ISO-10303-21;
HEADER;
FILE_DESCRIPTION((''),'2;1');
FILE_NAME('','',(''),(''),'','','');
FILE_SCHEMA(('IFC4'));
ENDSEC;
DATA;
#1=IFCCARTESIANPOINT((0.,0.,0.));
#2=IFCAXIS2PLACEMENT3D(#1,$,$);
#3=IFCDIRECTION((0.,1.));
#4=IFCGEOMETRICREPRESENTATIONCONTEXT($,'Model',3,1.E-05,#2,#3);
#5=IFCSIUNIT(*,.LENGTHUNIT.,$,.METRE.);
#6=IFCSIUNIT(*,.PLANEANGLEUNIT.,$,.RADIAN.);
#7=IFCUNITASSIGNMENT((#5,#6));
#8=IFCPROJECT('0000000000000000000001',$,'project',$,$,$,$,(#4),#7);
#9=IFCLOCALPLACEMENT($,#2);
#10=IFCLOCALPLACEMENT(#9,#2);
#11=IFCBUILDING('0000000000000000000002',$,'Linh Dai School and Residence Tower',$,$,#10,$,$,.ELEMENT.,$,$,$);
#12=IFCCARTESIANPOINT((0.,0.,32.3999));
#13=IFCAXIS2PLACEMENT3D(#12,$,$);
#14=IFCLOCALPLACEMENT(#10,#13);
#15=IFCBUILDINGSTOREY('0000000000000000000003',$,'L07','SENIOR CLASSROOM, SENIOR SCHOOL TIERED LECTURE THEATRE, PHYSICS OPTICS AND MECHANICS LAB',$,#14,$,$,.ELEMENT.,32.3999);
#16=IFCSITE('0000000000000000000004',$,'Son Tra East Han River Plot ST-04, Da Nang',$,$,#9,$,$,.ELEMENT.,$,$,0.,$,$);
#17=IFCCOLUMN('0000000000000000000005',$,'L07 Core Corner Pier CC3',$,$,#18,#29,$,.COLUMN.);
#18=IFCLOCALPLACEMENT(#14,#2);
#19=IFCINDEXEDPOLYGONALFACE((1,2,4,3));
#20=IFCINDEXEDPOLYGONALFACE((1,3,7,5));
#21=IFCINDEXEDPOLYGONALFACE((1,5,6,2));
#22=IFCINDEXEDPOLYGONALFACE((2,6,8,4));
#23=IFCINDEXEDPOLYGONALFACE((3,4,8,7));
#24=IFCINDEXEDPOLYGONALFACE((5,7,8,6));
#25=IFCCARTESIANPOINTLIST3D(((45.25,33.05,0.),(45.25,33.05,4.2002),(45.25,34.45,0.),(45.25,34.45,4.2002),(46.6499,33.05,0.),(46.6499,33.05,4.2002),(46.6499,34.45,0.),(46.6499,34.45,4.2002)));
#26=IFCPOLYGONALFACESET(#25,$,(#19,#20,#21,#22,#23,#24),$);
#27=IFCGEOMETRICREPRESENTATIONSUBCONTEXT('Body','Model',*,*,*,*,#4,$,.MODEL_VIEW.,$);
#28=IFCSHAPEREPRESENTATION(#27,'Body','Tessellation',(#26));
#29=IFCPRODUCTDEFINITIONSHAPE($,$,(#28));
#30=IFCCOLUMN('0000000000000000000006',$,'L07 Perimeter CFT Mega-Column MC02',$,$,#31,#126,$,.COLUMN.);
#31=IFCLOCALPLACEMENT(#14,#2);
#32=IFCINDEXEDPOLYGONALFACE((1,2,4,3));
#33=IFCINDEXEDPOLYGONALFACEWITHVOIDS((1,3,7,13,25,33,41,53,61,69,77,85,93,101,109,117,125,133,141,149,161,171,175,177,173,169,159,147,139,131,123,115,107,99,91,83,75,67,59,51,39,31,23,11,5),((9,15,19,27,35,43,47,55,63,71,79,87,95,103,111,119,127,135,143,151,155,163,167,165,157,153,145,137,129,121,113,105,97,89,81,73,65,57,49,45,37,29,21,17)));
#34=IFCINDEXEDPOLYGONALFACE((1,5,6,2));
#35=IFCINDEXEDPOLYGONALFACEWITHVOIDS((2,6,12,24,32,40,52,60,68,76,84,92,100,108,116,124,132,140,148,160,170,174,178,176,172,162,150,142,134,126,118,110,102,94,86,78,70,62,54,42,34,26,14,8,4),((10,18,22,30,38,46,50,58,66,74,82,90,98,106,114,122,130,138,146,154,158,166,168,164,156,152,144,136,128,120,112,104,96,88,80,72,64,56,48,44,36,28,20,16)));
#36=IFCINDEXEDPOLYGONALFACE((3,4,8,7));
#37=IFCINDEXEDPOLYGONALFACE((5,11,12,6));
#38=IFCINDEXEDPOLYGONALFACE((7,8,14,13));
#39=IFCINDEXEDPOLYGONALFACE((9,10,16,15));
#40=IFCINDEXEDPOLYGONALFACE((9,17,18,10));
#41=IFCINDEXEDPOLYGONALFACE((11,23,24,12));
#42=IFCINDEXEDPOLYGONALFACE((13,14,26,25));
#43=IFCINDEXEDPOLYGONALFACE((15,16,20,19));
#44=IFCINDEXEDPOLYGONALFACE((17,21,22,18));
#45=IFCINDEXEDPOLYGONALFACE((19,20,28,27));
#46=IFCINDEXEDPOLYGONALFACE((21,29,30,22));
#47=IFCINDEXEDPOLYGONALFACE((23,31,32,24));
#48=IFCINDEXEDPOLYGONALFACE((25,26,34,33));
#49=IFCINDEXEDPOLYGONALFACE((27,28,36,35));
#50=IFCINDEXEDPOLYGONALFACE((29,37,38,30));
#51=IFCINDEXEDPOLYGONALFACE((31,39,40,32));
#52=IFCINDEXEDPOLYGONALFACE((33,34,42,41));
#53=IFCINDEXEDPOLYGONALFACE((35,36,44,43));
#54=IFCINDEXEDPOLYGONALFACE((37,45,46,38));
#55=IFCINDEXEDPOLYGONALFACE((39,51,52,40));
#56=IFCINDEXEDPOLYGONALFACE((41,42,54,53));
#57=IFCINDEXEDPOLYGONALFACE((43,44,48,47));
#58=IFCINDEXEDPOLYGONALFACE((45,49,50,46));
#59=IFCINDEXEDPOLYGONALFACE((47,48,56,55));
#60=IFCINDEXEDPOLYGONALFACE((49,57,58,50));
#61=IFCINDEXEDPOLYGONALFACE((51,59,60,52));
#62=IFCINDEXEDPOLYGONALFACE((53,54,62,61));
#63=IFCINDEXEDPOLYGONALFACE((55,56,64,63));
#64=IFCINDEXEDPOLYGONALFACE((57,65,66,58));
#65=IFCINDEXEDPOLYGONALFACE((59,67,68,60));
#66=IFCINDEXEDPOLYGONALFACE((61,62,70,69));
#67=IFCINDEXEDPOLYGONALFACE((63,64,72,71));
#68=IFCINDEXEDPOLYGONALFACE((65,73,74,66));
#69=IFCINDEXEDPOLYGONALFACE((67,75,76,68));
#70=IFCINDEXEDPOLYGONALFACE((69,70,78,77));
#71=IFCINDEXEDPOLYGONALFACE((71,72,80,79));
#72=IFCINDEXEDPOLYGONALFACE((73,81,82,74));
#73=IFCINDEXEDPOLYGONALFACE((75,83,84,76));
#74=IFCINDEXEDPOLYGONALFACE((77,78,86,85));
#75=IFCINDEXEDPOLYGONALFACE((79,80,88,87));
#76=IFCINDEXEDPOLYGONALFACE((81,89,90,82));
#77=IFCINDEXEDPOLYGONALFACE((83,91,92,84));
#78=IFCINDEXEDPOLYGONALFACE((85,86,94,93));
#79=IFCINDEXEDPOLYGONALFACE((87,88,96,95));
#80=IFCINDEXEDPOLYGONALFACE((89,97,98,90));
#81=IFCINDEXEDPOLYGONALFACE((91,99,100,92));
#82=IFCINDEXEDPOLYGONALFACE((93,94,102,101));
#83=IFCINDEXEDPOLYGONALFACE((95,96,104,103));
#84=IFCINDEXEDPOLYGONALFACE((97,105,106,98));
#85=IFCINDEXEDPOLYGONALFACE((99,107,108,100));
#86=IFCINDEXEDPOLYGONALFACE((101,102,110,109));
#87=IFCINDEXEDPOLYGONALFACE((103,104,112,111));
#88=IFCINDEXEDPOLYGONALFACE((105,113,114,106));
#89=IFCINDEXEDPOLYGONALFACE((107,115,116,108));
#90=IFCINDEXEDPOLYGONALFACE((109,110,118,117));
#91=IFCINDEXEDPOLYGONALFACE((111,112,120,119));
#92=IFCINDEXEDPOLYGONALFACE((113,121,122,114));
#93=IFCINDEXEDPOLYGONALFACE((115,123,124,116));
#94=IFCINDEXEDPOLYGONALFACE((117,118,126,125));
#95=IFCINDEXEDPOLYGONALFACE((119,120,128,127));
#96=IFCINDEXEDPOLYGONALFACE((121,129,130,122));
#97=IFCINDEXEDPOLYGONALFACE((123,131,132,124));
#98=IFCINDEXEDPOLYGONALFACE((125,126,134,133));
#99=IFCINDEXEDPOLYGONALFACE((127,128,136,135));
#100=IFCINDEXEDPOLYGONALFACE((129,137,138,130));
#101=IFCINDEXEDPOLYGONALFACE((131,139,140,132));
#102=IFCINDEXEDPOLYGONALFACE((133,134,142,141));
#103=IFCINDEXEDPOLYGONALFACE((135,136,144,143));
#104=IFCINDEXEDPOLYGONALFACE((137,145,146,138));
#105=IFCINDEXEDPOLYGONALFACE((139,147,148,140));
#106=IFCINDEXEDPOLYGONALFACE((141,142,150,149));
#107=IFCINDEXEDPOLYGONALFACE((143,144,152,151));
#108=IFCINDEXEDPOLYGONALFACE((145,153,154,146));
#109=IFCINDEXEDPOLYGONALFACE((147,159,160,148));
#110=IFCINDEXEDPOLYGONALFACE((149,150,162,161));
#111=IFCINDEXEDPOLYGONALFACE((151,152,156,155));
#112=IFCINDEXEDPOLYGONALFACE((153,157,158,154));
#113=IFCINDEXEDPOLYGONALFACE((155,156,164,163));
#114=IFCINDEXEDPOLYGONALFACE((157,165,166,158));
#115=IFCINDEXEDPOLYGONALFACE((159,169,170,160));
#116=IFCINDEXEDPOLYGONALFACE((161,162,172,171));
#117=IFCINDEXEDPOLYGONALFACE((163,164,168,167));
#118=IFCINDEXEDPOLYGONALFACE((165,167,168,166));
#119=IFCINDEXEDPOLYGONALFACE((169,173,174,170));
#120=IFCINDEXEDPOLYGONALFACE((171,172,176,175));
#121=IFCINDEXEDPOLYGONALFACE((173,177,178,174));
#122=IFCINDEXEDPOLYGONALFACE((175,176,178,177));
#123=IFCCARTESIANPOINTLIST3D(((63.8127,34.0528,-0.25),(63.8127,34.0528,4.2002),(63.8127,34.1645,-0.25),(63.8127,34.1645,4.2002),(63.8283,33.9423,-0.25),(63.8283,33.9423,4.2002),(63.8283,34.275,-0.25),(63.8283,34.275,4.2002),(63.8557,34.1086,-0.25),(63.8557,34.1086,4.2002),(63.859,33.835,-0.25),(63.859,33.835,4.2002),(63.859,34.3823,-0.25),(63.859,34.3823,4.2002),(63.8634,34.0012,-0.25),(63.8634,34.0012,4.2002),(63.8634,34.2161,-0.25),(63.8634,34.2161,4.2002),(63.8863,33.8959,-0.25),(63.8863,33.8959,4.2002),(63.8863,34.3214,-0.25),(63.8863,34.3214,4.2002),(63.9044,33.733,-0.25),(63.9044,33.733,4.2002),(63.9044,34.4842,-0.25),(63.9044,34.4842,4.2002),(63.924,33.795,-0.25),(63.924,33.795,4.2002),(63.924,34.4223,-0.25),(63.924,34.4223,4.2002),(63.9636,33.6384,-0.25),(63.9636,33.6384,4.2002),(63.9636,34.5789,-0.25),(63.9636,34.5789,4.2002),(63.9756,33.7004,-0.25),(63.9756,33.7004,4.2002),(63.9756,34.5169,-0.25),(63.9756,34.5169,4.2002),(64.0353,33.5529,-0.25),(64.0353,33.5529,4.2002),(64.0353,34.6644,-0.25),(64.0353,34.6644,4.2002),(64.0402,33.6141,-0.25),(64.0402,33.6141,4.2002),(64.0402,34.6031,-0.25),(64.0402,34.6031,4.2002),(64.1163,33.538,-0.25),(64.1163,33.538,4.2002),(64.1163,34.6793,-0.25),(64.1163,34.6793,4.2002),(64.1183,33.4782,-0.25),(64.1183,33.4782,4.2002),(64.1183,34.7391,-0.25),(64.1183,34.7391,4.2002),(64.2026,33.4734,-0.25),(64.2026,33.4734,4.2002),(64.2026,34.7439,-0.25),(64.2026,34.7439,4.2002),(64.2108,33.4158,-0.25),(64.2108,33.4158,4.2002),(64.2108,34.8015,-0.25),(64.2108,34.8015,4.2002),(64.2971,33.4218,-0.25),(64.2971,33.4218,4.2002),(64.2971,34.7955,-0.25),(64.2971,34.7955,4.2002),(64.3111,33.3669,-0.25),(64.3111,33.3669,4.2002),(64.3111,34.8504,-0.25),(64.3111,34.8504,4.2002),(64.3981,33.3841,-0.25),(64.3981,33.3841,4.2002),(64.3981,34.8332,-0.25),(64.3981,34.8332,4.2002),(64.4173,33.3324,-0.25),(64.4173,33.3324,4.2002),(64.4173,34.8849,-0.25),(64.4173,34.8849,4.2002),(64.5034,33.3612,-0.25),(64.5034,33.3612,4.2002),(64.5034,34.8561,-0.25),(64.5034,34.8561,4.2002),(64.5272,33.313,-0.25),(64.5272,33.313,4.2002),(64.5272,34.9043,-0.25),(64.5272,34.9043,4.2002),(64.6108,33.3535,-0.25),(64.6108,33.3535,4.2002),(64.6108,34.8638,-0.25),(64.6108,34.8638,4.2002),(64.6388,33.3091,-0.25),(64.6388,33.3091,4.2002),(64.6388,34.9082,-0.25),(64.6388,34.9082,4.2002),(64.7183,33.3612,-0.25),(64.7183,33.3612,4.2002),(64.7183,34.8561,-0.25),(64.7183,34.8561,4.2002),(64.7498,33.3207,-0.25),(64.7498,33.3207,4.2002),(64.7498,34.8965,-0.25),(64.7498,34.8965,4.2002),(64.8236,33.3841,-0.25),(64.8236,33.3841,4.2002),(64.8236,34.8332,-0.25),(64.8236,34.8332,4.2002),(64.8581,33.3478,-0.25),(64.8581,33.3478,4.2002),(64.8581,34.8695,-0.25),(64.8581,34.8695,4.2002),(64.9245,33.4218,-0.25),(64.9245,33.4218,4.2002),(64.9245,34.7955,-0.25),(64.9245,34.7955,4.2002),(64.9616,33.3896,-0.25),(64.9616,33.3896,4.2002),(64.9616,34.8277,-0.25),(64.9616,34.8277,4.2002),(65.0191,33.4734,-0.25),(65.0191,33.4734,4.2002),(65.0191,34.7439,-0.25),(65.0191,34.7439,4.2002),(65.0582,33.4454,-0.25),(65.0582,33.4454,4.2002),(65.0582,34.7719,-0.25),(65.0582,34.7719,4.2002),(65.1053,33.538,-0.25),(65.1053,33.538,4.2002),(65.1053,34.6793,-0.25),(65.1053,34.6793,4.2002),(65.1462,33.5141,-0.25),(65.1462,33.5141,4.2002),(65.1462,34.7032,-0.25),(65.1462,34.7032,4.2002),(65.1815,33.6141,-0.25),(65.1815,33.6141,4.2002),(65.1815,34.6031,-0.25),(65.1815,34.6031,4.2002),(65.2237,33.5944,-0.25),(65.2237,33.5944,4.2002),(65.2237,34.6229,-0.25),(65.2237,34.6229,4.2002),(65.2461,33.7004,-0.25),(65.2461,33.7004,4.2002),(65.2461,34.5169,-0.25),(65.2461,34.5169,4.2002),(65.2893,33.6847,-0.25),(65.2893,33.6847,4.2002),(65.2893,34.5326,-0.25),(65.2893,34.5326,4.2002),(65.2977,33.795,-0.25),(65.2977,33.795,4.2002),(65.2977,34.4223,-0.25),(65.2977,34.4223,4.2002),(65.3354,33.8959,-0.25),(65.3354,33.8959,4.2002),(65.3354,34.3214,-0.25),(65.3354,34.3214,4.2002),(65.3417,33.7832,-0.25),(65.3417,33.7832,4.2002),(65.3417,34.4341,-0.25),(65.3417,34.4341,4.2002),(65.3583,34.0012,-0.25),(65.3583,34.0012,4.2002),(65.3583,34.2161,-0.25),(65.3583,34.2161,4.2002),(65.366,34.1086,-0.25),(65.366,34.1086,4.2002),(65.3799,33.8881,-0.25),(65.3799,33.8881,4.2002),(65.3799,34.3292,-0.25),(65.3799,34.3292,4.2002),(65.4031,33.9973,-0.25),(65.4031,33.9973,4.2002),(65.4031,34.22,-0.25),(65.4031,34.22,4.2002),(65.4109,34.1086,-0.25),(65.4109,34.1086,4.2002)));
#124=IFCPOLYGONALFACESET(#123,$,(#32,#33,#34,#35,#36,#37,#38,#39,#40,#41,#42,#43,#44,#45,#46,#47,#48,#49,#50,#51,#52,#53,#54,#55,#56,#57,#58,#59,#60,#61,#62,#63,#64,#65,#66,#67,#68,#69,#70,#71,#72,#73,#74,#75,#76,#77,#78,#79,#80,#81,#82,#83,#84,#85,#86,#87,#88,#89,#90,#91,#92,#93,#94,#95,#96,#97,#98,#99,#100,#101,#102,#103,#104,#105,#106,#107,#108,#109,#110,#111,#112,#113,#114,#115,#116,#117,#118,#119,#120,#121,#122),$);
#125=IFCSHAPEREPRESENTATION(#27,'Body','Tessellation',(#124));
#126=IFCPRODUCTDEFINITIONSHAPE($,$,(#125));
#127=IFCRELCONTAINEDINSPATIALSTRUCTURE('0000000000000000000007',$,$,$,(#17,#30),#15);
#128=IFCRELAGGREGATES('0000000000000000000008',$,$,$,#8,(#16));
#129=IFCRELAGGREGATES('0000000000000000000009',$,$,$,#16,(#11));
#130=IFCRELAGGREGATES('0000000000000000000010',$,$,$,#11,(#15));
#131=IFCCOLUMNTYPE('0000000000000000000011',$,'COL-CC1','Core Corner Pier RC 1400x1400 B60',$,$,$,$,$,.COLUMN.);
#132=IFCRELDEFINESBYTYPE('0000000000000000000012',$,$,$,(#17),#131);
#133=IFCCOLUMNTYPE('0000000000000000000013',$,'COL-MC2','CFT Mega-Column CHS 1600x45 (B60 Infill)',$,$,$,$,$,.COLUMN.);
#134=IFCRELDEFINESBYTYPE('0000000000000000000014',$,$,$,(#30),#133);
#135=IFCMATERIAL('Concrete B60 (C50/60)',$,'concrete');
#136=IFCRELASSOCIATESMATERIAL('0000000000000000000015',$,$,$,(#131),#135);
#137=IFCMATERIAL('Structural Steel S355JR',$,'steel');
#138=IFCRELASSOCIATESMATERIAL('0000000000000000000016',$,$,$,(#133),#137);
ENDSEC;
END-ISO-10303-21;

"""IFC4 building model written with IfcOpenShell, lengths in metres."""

from ifc_helpers import new_model, si_unit, direction, frame, origin, origin_2d, place, context, subcontext, project, spatial, rectangle, hollow_circle, extrude, material, material_profile, profile_set, type_object, element, save


model = new_model("IFC4")

# Units and contexts
model_context = context("Model", 3, precision=1e-05, world=origin(), true_north=direction((0.0, 1.0)))
body_context = subcontext(model_context, "Body", "Model", "MODEL_VIEW")
ifc_project = project(units=[si_unit("LENGTHUNIT", "METRE"), si_unit("PLANEANGLEUNIT", "RADIAN")], contexts=[model_context])

# Site, building, storey
site_placement = place(None, origin())
site = spatial("IfcSite", under=ifc_project, at=site_placement, Name="Son Tra East Han River Plot ST-04, Da Nang", CompositionType="ELEMENT", RefElevation=0.0)
building_placement = place(site_placement, origin())
building = spatial("IfcBuilding", under=site, at=building_placement, Name="Linh Dai School and Residence Tower", CompositionType="ELEMENT")
storey_placement = place(building_placement, frame((0.0, 0.0, 32.3999)))
storey = spatial("IfcBuildingStorey", under=building, at=storey_placement, Name="L07", Description="SENIOR CLASSROOM, SENIOR SCHOOL TIERED LECTURE THEATRE, PHYSICS OPTICS AND MECHANICS LAB", CompositionType="ELEMENT", Elevation=32.3999)

# Columns
ifc_material_1 = material(Name="Concrete B60 (C50/60)", Category="concrete")
ifc_material_profile_1 = material_profile(ifc_material_1, rectangle(XDim=1.3999, YDim=1.3999, at=origin_2d()), Name="RC 1400x1400")
ifc_profile_set_1 = profile_set([ifc_material_profile_1], Name="Concrete B60 (C50/60)")
column_type_1 = type_object("IfcColumnType", Name="COL-CC1", Description="Core Corner Pier RC 1400x1400 B60", PredefinedType="COLUMN", material=ifc_profile_set_1)
column_placement = place(storey_placement, frame((45.95, 33.75, 0.0), z_axis=(0.0, 0.0, 1.0), x_axis=(1.0, 0.0, 0.0)))
element("IfcColumn", 1, at=column_placement, inside=storey, type_object=column_type_1, Name="L07 Core Corner Pier CC3", PredefinedType="COLUMN", context=body_context, shape_type="SweptSolid", body=[
    extrude(rectangle(XDim=1.3999, YDim=1.3999, at=origin_2d()), origin(), (0.0, 0.0, 1.0), 4.2002),
])
ifc_material_2 = material(Name="Structural Steel S355JR", Category="steel")
ifc_material_profile_2 = material_profile(ifc_material_2, hollow_circle(Radius=0.8, WallThickness=0.0449, at=origin_2d()), Name="CHS 1600x45")
ifc_profile_set_2 = profile_set([ifc_material_profile_2], Name="Structural Steel S355JR")
column_type_2 = type_object("IfcColumnType", Name="COL-MC2", Description="CFT Mega-Column CHS 1600x45 (B60 Infill)", PredefinedType="COLUMN", material=ifc_profile_set_2)
for number, where, z_axis, x_axis, name in (
    (2, (64.6108, 34.1086, -0.25), (0.0, 0.0, 1.0), (1.0, 0.0, 0.0), "L07 Perimeter CFT Mega-Column MC02"),
):
    element("IfcColumn", number, at=place(storey_placement, frame(where, z_axis=z_axis, x_axis=x_axis)), inside=storey, type_object=column_type_2, Name=name, PredefinedType="COLUMN", context=body_context, shape_type="SweptSolid", body=[
        extrude(hollow_circle(Radius=0.8, WallThickness=0.0449, at=origin_2d()), origin(), (0.0, 0.0, 1.0), 4.4502),
    ])

save(model, "model.ifc")
